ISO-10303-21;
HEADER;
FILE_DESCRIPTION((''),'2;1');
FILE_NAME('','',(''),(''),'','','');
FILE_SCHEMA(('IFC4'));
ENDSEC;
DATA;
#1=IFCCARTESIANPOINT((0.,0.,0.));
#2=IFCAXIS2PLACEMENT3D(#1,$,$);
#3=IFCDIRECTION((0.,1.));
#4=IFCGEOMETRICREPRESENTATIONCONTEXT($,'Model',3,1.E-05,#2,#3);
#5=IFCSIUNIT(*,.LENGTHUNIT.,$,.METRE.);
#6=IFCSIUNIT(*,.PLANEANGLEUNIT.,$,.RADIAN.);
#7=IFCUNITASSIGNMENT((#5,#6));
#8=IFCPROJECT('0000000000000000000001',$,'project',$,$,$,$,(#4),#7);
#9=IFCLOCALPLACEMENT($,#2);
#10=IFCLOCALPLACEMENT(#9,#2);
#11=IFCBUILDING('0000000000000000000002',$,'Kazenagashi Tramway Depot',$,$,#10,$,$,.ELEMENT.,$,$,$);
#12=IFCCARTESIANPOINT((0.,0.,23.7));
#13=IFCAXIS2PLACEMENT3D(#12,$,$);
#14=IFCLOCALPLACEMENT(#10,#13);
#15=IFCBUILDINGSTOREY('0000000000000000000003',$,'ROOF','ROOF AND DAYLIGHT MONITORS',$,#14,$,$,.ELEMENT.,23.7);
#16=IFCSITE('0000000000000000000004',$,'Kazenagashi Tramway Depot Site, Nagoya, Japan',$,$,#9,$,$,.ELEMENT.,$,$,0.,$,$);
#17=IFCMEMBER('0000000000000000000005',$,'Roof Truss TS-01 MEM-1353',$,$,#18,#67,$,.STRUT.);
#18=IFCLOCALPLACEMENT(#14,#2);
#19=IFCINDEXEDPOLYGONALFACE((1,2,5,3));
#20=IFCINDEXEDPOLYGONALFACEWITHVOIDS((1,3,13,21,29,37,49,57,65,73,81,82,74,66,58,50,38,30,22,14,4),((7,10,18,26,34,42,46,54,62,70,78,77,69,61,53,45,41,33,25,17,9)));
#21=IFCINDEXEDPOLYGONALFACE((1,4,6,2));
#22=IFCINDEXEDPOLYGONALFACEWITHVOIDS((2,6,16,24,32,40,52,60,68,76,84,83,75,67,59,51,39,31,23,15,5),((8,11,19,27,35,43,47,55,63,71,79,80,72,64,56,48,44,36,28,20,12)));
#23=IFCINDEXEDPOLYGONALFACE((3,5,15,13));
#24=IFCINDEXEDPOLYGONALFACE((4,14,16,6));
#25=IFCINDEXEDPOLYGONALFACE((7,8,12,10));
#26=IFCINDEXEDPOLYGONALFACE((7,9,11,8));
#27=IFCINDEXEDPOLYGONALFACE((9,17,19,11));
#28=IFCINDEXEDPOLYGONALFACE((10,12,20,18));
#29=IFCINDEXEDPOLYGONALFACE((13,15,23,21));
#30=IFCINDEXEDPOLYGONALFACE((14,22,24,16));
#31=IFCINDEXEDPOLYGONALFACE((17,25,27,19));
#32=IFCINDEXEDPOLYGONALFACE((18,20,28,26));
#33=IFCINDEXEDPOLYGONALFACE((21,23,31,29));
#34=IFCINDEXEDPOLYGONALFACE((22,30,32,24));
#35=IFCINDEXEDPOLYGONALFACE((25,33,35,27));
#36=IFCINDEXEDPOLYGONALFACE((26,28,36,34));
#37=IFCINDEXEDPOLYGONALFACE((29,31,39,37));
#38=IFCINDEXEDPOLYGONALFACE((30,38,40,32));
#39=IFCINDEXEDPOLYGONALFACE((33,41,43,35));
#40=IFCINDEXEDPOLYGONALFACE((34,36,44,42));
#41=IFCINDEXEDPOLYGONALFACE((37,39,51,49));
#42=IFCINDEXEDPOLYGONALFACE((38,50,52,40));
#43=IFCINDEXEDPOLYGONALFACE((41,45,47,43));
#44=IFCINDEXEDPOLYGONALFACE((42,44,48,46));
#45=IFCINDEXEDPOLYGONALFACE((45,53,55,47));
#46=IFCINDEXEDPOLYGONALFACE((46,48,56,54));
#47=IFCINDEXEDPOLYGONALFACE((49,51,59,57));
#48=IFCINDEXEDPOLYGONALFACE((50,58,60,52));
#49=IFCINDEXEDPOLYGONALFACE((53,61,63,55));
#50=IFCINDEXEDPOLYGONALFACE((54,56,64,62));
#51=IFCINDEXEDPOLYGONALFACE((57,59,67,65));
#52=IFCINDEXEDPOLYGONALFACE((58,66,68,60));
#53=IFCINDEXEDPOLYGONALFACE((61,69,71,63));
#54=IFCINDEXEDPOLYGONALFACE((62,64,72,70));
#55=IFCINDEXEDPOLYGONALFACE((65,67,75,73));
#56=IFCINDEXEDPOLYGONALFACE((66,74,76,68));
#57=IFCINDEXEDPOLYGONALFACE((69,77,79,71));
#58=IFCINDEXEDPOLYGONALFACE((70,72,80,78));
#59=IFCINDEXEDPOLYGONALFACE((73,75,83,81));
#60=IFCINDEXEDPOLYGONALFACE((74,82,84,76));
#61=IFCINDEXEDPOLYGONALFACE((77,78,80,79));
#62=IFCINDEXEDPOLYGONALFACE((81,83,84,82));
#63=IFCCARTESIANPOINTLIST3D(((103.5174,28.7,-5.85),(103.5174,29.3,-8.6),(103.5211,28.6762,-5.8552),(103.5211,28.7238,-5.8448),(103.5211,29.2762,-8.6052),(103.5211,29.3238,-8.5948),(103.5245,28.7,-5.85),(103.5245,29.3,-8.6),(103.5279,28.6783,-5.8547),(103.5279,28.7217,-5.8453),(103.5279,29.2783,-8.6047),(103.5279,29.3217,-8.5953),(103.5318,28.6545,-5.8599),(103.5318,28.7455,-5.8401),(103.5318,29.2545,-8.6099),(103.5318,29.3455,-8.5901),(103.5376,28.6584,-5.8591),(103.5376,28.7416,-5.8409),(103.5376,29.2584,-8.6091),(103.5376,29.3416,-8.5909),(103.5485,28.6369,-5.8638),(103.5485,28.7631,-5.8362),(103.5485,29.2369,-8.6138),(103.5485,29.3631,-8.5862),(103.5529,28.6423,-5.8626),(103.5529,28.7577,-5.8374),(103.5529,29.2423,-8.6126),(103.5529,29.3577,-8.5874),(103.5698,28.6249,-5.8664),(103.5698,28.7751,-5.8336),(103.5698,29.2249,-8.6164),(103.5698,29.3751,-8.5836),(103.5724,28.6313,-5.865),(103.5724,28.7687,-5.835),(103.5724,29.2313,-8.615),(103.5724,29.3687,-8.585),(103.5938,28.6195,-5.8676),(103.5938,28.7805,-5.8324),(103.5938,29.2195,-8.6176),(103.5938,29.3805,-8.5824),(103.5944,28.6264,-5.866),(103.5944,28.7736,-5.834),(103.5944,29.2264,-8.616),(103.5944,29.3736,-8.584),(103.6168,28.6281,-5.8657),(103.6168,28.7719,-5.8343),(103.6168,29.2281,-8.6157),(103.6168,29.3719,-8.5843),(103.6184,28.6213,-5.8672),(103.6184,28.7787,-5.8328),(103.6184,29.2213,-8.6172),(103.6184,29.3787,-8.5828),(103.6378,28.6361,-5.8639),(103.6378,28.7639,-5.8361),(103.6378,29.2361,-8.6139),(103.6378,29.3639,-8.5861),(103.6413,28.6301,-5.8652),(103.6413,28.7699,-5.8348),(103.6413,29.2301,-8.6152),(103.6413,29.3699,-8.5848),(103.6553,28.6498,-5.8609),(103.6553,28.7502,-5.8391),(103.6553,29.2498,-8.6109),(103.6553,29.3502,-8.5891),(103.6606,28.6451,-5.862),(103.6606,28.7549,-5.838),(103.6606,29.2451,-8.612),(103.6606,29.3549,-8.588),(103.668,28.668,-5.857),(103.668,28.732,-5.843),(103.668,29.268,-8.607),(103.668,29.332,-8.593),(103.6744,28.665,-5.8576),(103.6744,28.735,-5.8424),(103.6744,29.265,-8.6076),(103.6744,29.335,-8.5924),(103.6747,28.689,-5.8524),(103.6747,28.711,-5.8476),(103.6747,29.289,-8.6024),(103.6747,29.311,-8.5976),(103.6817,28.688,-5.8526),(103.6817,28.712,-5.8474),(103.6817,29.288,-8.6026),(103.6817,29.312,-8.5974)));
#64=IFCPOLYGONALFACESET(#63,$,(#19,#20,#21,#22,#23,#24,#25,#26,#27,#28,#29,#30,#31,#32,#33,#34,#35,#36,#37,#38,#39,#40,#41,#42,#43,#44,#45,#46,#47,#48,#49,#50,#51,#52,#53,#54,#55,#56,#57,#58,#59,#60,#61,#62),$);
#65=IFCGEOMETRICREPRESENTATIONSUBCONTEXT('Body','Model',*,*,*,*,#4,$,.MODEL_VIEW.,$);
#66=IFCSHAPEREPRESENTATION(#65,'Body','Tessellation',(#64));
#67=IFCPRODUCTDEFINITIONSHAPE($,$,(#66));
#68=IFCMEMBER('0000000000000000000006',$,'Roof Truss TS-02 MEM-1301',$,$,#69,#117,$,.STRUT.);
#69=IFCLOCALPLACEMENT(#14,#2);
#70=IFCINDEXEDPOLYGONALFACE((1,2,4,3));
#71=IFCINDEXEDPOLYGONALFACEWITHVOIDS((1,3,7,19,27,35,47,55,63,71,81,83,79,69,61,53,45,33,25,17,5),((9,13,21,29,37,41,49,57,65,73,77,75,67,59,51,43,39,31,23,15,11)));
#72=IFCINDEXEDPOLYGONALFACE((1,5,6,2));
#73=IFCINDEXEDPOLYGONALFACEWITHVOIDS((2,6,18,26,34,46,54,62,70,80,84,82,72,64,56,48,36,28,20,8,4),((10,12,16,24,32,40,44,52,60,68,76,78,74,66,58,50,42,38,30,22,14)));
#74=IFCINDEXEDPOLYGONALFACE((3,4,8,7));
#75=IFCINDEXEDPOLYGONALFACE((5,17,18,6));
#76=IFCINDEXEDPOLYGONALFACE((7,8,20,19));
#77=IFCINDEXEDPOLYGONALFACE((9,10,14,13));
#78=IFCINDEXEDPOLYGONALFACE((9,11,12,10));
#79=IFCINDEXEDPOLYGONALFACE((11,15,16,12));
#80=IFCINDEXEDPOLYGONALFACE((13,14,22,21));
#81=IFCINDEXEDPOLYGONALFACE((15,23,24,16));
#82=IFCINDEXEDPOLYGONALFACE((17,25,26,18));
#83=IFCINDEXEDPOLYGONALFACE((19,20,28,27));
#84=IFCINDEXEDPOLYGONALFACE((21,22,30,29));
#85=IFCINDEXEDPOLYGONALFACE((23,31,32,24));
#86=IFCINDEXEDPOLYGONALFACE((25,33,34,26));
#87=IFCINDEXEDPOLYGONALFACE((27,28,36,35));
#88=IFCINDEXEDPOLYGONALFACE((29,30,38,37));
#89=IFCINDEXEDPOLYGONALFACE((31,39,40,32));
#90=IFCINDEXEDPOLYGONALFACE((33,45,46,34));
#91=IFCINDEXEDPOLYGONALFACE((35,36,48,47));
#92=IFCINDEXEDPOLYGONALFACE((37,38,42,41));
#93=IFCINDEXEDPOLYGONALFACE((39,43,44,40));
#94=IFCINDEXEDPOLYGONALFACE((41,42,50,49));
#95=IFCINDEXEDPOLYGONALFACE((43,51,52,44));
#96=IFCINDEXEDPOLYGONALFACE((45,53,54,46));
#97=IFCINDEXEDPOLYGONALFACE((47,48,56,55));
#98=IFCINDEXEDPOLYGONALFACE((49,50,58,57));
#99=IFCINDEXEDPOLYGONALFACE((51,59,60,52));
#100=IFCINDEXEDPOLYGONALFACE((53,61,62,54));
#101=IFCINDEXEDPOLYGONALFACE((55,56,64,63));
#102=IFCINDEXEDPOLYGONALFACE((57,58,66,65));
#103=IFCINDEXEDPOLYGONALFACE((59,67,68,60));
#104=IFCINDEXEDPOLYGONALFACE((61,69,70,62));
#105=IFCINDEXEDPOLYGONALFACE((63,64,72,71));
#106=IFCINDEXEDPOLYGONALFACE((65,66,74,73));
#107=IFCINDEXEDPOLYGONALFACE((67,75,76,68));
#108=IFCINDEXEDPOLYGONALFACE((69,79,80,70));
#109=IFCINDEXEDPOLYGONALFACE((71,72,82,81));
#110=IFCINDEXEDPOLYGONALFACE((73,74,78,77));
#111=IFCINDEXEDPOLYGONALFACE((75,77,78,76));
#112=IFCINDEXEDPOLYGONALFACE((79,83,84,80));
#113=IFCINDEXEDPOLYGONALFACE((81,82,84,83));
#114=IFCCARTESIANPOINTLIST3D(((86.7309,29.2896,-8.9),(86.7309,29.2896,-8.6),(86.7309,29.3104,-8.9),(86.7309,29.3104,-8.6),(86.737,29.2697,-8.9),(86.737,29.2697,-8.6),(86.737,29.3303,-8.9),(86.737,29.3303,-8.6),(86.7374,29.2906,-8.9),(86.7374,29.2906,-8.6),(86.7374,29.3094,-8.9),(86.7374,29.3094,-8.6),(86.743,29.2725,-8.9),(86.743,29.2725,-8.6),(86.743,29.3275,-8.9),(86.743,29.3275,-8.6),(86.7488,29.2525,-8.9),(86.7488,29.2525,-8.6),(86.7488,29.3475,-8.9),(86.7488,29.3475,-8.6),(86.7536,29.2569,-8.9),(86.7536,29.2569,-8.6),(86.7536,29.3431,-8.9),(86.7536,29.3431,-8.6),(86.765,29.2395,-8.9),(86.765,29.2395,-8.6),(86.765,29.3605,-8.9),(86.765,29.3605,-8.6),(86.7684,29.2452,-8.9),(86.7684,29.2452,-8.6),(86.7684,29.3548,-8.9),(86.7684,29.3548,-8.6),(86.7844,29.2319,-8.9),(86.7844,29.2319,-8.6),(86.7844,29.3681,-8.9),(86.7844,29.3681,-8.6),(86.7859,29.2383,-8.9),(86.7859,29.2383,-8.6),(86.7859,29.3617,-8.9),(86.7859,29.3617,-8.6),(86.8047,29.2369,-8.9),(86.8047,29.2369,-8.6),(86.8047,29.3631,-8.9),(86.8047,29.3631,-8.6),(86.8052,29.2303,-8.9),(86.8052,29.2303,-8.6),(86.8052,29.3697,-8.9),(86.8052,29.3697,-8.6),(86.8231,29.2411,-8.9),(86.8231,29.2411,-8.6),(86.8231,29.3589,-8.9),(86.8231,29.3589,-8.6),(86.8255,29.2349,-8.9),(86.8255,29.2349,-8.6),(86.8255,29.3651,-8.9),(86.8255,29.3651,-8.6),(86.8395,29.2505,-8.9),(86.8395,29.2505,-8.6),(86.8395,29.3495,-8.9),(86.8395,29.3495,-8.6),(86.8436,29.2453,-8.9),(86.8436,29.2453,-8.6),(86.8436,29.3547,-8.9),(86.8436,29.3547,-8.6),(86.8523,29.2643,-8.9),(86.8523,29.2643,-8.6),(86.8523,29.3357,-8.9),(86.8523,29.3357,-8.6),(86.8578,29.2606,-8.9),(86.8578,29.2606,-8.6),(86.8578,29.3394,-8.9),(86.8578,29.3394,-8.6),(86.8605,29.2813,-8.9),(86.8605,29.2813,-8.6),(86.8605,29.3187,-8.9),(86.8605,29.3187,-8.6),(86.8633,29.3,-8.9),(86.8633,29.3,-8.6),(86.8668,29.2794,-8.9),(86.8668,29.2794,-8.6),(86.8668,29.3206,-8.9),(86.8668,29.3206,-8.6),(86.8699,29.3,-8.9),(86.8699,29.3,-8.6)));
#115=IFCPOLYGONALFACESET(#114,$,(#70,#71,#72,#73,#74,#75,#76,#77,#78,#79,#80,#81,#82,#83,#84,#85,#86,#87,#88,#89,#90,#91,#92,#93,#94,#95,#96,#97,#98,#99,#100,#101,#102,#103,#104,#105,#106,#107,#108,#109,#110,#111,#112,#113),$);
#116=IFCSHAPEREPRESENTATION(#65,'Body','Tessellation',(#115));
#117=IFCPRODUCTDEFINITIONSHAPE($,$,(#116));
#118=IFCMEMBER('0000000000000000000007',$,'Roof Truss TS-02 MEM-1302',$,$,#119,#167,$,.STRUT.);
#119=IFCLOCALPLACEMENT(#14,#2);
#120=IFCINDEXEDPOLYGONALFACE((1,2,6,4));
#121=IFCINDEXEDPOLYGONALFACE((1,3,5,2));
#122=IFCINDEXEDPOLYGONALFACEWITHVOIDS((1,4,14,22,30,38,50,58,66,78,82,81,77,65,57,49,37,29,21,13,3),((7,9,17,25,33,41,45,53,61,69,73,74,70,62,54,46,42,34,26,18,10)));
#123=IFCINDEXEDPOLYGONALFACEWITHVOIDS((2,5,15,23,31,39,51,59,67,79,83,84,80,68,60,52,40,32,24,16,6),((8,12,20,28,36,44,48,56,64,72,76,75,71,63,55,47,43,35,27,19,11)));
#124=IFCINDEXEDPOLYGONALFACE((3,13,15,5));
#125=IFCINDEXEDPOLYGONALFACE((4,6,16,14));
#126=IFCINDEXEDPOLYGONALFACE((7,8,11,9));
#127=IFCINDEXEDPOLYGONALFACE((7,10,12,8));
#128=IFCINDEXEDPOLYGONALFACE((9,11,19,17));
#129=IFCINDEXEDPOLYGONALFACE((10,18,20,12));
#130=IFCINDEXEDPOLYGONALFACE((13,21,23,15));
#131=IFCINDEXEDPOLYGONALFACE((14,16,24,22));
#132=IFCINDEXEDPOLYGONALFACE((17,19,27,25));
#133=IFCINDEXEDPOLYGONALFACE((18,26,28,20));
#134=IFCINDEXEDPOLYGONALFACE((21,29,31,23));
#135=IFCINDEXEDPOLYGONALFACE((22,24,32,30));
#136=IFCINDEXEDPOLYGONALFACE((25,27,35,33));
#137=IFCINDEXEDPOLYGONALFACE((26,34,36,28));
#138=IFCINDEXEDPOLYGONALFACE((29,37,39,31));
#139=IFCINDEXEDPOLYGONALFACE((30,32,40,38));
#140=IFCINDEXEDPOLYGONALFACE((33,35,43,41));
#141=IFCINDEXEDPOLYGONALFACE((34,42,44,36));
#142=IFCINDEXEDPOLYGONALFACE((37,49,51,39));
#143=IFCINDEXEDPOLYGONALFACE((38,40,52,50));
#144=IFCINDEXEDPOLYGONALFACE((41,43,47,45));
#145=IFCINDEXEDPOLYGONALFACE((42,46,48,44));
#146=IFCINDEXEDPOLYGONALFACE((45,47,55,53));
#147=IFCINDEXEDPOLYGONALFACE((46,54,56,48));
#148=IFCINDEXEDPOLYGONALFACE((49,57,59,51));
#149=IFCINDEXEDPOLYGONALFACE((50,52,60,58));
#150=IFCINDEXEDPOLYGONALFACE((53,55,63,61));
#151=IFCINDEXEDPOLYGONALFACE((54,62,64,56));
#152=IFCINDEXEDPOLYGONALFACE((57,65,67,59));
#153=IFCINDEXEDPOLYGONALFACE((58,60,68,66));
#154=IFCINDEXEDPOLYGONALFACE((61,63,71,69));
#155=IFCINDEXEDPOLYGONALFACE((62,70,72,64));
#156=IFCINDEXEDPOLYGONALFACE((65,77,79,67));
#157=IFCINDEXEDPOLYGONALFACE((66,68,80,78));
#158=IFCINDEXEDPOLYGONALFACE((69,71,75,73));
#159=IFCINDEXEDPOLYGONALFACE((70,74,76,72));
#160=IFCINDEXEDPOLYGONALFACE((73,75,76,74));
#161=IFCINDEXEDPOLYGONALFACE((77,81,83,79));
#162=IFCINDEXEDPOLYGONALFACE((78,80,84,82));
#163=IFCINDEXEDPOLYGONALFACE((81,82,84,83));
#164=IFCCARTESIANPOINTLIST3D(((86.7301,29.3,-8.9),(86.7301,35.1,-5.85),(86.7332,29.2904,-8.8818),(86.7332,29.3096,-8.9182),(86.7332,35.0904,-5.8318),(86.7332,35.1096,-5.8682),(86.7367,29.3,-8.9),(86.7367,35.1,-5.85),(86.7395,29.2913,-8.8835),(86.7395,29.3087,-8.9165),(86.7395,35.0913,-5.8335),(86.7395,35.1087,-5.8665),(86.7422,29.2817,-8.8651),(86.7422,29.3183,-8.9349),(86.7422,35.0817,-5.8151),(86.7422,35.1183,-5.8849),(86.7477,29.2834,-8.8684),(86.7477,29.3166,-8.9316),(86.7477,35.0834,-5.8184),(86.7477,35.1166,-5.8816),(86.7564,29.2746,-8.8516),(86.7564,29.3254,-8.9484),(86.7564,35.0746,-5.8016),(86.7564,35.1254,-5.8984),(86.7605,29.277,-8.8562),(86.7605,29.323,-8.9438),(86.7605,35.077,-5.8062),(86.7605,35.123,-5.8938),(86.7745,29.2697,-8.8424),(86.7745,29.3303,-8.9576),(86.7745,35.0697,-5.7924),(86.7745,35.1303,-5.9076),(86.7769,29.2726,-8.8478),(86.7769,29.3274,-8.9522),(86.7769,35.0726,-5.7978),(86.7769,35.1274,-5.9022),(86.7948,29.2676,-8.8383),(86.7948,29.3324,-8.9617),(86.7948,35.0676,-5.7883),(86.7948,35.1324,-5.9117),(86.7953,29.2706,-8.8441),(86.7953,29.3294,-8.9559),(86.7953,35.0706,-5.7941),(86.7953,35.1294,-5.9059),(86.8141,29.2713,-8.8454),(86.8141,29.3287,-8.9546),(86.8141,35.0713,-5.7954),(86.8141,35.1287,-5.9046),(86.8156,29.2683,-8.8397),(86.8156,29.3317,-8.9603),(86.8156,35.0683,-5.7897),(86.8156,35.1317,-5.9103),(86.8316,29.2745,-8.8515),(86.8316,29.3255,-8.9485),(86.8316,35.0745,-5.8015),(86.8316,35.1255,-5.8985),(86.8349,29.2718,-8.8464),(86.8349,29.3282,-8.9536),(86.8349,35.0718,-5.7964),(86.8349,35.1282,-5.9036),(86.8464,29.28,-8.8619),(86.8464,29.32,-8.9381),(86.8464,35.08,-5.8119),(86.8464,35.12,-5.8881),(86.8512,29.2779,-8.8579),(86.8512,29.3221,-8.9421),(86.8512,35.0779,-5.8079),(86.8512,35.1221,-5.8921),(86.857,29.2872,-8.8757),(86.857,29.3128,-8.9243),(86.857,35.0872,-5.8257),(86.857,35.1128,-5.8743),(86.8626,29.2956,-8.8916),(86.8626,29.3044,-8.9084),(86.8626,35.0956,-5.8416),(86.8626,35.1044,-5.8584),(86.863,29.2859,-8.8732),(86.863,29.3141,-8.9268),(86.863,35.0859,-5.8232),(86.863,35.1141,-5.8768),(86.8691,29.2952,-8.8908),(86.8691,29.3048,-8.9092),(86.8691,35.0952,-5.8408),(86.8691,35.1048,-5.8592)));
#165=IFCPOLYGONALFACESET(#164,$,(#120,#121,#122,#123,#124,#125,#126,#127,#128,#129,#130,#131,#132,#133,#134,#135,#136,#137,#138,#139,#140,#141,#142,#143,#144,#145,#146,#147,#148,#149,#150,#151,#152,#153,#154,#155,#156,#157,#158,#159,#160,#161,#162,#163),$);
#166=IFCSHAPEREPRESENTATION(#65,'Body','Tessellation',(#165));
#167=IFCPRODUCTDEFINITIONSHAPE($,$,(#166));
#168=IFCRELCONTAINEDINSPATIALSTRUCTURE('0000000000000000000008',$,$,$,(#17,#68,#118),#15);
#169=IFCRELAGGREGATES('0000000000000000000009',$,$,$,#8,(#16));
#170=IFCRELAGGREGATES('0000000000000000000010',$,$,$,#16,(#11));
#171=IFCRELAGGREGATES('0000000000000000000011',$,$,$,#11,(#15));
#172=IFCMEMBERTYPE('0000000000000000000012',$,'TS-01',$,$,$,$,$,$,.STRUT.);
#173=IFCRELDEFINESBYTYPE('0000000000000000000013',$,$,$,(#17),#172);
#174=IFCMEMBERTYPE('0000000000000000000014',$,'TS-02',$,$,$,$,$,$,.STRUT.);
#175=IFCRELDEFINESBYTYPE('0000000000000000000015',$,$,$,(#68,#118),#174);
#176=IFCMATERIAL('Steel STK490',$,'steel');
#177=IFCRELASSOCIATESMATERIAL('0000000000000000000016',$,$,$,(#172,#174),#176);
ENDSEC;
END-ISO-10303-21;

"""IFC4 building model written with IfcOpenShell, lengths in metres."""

from ifc_helpers import new_model, si_unit, direction, frame, origin, origin_2d, place, context, subcontext, project, spatial, hollow_circle, extrude, material, material_profile, profile_set, type_object, element, save


model = new_model("IFC4")

# Units and contexts
model_context = context("Model", 3, precision=1e-05, world=origin(), true_north=direction((0.0, 1.0)))
body_context = subcontext(model_context, "Body", "Model", "MODEL_VIEW")
ifc_project = project(units=[si_unit("LENGTHUNIT", "METRE"), si_unit("PLANEANGLEUNIT", "RADIAN")], contexts=[model_context])

# Site, building, storey
site_placement = place(None, origin())
site = spatial("IfcSite", under=ifc_project, at=site_placement, Name="Kazenagashi Tramway Depot Site, Nagoya, Japan", CompositionType="ELEMENT", RefElevation=0.0)
building_placement = place(site_placement, origin())
building = spatial("IfcBuilding", under=site, at=building_placement, Name="Kazenagashi Tramway Depot", CompositionType="ELEMENT")
storey_placement = place(building_placement, frame((0.0, 0.0, 23.7)))
storey = spatial("IfcBuildingStorey", under=building, at=storey_placement, Name="ROOF", Description="ROOF AND DAYLIGHT MONITORS", CompositionType="ELEMENT", Elevation=23.7)

# Members
ifc_material_1 = material(Name="Steel STK490", Category="steel")
ifc_material_profile_1 = material_profile(ifc_material_1, hollow_circle(Radius=0.0826, WallThickness=0.0071, at=origin_2d()), Name="CHS-165.2x7.1")
ifc_profile_set_1 = profile_set([ifc_material_profile_1], Name="Steel STK490")
member_type_1 = type_object("IfcMemberType", Name="TS-01", PredefinedType="STRUT", material=ifc_profile_set_1)
for number, where, z_axis, x_axis, name in (
    (1, (103.6, 28.7, -5.85), (0.0, 0.213167, -0.977016), (-1.0, 0.0, 0.0), "Roof Truss TS-01 MEM-1353"),
):
    element("IfcMember", number, at=place(storey_placement, frame(where, z_axis=z_axis, x_axis=x_axis)), inside=storey, type_object=member_type_1, Name=name, PredefinedType="STRUT", context=body_context, shape_type="SweptSolid", body=[
        extrude(hollow_circle(Radius=0.0826, WallThickness=0.0071, at=origin_2d()), origin(), (0.0, 0.0, 1.0), 2.8147),
    ])
ifc_material_profile_2 = material_profile(ifc_material_1, hollow_circle(Radius=0.0699, WallThickness=0.0066, at=origin_2d()), Name="CHS-139.8x6.6")
ifc_profile_set_2 = profile_set([ifc_material_profile_2], Name="Steel STK490")
member_type_2 = type_object("IfcMemberType", Name="TS-02", PredefinedType="STRUT", material=ifc_profile_set_2)
member_1_placement = place(storey_placement, frame((86.8, 29.3, -8.9), z_axis=(0.0, 0.0, 1.0), x_axis=(1.0, 0.0, 0.0)))
element("IfcMember", 2, at=member_1_placement, inside=storey, type_object=member_type_2, Name="Roof Truss TS-02 MEM-1301", PredefinedType="STRUT", context=body_context, shape_type="SweptSolid", body=[
    extrude(hollow_circle(Radius=0.0699, WallThickness=0.0066, at=origin_2d()), origin(), (0.0, 0.0, 1.0), 0.3),
])
member_2_placement = place(storey_placement, frame((86.8, 29.3, -8.9), z_axis=(0.0, 0.885084, 0.465432), x_axis=(-1.0, 0.0, 0.0)))
element("IfcMember", 3, at=member_2_placement, inside=storey, type_object=member_type_2, Name="Roof Truss TS-02 MEM-1302", PredefinedType="STRUT", context=body_context, shape_type="SweptSolid", body=[
    extrude(hollow_circle(Radius=0.0699, WallThickness=0.0066, at=origin_2d()), origin(), (0.0, 0.0, 1.0), 6.5531),
])

save(model, "model.ifc")
